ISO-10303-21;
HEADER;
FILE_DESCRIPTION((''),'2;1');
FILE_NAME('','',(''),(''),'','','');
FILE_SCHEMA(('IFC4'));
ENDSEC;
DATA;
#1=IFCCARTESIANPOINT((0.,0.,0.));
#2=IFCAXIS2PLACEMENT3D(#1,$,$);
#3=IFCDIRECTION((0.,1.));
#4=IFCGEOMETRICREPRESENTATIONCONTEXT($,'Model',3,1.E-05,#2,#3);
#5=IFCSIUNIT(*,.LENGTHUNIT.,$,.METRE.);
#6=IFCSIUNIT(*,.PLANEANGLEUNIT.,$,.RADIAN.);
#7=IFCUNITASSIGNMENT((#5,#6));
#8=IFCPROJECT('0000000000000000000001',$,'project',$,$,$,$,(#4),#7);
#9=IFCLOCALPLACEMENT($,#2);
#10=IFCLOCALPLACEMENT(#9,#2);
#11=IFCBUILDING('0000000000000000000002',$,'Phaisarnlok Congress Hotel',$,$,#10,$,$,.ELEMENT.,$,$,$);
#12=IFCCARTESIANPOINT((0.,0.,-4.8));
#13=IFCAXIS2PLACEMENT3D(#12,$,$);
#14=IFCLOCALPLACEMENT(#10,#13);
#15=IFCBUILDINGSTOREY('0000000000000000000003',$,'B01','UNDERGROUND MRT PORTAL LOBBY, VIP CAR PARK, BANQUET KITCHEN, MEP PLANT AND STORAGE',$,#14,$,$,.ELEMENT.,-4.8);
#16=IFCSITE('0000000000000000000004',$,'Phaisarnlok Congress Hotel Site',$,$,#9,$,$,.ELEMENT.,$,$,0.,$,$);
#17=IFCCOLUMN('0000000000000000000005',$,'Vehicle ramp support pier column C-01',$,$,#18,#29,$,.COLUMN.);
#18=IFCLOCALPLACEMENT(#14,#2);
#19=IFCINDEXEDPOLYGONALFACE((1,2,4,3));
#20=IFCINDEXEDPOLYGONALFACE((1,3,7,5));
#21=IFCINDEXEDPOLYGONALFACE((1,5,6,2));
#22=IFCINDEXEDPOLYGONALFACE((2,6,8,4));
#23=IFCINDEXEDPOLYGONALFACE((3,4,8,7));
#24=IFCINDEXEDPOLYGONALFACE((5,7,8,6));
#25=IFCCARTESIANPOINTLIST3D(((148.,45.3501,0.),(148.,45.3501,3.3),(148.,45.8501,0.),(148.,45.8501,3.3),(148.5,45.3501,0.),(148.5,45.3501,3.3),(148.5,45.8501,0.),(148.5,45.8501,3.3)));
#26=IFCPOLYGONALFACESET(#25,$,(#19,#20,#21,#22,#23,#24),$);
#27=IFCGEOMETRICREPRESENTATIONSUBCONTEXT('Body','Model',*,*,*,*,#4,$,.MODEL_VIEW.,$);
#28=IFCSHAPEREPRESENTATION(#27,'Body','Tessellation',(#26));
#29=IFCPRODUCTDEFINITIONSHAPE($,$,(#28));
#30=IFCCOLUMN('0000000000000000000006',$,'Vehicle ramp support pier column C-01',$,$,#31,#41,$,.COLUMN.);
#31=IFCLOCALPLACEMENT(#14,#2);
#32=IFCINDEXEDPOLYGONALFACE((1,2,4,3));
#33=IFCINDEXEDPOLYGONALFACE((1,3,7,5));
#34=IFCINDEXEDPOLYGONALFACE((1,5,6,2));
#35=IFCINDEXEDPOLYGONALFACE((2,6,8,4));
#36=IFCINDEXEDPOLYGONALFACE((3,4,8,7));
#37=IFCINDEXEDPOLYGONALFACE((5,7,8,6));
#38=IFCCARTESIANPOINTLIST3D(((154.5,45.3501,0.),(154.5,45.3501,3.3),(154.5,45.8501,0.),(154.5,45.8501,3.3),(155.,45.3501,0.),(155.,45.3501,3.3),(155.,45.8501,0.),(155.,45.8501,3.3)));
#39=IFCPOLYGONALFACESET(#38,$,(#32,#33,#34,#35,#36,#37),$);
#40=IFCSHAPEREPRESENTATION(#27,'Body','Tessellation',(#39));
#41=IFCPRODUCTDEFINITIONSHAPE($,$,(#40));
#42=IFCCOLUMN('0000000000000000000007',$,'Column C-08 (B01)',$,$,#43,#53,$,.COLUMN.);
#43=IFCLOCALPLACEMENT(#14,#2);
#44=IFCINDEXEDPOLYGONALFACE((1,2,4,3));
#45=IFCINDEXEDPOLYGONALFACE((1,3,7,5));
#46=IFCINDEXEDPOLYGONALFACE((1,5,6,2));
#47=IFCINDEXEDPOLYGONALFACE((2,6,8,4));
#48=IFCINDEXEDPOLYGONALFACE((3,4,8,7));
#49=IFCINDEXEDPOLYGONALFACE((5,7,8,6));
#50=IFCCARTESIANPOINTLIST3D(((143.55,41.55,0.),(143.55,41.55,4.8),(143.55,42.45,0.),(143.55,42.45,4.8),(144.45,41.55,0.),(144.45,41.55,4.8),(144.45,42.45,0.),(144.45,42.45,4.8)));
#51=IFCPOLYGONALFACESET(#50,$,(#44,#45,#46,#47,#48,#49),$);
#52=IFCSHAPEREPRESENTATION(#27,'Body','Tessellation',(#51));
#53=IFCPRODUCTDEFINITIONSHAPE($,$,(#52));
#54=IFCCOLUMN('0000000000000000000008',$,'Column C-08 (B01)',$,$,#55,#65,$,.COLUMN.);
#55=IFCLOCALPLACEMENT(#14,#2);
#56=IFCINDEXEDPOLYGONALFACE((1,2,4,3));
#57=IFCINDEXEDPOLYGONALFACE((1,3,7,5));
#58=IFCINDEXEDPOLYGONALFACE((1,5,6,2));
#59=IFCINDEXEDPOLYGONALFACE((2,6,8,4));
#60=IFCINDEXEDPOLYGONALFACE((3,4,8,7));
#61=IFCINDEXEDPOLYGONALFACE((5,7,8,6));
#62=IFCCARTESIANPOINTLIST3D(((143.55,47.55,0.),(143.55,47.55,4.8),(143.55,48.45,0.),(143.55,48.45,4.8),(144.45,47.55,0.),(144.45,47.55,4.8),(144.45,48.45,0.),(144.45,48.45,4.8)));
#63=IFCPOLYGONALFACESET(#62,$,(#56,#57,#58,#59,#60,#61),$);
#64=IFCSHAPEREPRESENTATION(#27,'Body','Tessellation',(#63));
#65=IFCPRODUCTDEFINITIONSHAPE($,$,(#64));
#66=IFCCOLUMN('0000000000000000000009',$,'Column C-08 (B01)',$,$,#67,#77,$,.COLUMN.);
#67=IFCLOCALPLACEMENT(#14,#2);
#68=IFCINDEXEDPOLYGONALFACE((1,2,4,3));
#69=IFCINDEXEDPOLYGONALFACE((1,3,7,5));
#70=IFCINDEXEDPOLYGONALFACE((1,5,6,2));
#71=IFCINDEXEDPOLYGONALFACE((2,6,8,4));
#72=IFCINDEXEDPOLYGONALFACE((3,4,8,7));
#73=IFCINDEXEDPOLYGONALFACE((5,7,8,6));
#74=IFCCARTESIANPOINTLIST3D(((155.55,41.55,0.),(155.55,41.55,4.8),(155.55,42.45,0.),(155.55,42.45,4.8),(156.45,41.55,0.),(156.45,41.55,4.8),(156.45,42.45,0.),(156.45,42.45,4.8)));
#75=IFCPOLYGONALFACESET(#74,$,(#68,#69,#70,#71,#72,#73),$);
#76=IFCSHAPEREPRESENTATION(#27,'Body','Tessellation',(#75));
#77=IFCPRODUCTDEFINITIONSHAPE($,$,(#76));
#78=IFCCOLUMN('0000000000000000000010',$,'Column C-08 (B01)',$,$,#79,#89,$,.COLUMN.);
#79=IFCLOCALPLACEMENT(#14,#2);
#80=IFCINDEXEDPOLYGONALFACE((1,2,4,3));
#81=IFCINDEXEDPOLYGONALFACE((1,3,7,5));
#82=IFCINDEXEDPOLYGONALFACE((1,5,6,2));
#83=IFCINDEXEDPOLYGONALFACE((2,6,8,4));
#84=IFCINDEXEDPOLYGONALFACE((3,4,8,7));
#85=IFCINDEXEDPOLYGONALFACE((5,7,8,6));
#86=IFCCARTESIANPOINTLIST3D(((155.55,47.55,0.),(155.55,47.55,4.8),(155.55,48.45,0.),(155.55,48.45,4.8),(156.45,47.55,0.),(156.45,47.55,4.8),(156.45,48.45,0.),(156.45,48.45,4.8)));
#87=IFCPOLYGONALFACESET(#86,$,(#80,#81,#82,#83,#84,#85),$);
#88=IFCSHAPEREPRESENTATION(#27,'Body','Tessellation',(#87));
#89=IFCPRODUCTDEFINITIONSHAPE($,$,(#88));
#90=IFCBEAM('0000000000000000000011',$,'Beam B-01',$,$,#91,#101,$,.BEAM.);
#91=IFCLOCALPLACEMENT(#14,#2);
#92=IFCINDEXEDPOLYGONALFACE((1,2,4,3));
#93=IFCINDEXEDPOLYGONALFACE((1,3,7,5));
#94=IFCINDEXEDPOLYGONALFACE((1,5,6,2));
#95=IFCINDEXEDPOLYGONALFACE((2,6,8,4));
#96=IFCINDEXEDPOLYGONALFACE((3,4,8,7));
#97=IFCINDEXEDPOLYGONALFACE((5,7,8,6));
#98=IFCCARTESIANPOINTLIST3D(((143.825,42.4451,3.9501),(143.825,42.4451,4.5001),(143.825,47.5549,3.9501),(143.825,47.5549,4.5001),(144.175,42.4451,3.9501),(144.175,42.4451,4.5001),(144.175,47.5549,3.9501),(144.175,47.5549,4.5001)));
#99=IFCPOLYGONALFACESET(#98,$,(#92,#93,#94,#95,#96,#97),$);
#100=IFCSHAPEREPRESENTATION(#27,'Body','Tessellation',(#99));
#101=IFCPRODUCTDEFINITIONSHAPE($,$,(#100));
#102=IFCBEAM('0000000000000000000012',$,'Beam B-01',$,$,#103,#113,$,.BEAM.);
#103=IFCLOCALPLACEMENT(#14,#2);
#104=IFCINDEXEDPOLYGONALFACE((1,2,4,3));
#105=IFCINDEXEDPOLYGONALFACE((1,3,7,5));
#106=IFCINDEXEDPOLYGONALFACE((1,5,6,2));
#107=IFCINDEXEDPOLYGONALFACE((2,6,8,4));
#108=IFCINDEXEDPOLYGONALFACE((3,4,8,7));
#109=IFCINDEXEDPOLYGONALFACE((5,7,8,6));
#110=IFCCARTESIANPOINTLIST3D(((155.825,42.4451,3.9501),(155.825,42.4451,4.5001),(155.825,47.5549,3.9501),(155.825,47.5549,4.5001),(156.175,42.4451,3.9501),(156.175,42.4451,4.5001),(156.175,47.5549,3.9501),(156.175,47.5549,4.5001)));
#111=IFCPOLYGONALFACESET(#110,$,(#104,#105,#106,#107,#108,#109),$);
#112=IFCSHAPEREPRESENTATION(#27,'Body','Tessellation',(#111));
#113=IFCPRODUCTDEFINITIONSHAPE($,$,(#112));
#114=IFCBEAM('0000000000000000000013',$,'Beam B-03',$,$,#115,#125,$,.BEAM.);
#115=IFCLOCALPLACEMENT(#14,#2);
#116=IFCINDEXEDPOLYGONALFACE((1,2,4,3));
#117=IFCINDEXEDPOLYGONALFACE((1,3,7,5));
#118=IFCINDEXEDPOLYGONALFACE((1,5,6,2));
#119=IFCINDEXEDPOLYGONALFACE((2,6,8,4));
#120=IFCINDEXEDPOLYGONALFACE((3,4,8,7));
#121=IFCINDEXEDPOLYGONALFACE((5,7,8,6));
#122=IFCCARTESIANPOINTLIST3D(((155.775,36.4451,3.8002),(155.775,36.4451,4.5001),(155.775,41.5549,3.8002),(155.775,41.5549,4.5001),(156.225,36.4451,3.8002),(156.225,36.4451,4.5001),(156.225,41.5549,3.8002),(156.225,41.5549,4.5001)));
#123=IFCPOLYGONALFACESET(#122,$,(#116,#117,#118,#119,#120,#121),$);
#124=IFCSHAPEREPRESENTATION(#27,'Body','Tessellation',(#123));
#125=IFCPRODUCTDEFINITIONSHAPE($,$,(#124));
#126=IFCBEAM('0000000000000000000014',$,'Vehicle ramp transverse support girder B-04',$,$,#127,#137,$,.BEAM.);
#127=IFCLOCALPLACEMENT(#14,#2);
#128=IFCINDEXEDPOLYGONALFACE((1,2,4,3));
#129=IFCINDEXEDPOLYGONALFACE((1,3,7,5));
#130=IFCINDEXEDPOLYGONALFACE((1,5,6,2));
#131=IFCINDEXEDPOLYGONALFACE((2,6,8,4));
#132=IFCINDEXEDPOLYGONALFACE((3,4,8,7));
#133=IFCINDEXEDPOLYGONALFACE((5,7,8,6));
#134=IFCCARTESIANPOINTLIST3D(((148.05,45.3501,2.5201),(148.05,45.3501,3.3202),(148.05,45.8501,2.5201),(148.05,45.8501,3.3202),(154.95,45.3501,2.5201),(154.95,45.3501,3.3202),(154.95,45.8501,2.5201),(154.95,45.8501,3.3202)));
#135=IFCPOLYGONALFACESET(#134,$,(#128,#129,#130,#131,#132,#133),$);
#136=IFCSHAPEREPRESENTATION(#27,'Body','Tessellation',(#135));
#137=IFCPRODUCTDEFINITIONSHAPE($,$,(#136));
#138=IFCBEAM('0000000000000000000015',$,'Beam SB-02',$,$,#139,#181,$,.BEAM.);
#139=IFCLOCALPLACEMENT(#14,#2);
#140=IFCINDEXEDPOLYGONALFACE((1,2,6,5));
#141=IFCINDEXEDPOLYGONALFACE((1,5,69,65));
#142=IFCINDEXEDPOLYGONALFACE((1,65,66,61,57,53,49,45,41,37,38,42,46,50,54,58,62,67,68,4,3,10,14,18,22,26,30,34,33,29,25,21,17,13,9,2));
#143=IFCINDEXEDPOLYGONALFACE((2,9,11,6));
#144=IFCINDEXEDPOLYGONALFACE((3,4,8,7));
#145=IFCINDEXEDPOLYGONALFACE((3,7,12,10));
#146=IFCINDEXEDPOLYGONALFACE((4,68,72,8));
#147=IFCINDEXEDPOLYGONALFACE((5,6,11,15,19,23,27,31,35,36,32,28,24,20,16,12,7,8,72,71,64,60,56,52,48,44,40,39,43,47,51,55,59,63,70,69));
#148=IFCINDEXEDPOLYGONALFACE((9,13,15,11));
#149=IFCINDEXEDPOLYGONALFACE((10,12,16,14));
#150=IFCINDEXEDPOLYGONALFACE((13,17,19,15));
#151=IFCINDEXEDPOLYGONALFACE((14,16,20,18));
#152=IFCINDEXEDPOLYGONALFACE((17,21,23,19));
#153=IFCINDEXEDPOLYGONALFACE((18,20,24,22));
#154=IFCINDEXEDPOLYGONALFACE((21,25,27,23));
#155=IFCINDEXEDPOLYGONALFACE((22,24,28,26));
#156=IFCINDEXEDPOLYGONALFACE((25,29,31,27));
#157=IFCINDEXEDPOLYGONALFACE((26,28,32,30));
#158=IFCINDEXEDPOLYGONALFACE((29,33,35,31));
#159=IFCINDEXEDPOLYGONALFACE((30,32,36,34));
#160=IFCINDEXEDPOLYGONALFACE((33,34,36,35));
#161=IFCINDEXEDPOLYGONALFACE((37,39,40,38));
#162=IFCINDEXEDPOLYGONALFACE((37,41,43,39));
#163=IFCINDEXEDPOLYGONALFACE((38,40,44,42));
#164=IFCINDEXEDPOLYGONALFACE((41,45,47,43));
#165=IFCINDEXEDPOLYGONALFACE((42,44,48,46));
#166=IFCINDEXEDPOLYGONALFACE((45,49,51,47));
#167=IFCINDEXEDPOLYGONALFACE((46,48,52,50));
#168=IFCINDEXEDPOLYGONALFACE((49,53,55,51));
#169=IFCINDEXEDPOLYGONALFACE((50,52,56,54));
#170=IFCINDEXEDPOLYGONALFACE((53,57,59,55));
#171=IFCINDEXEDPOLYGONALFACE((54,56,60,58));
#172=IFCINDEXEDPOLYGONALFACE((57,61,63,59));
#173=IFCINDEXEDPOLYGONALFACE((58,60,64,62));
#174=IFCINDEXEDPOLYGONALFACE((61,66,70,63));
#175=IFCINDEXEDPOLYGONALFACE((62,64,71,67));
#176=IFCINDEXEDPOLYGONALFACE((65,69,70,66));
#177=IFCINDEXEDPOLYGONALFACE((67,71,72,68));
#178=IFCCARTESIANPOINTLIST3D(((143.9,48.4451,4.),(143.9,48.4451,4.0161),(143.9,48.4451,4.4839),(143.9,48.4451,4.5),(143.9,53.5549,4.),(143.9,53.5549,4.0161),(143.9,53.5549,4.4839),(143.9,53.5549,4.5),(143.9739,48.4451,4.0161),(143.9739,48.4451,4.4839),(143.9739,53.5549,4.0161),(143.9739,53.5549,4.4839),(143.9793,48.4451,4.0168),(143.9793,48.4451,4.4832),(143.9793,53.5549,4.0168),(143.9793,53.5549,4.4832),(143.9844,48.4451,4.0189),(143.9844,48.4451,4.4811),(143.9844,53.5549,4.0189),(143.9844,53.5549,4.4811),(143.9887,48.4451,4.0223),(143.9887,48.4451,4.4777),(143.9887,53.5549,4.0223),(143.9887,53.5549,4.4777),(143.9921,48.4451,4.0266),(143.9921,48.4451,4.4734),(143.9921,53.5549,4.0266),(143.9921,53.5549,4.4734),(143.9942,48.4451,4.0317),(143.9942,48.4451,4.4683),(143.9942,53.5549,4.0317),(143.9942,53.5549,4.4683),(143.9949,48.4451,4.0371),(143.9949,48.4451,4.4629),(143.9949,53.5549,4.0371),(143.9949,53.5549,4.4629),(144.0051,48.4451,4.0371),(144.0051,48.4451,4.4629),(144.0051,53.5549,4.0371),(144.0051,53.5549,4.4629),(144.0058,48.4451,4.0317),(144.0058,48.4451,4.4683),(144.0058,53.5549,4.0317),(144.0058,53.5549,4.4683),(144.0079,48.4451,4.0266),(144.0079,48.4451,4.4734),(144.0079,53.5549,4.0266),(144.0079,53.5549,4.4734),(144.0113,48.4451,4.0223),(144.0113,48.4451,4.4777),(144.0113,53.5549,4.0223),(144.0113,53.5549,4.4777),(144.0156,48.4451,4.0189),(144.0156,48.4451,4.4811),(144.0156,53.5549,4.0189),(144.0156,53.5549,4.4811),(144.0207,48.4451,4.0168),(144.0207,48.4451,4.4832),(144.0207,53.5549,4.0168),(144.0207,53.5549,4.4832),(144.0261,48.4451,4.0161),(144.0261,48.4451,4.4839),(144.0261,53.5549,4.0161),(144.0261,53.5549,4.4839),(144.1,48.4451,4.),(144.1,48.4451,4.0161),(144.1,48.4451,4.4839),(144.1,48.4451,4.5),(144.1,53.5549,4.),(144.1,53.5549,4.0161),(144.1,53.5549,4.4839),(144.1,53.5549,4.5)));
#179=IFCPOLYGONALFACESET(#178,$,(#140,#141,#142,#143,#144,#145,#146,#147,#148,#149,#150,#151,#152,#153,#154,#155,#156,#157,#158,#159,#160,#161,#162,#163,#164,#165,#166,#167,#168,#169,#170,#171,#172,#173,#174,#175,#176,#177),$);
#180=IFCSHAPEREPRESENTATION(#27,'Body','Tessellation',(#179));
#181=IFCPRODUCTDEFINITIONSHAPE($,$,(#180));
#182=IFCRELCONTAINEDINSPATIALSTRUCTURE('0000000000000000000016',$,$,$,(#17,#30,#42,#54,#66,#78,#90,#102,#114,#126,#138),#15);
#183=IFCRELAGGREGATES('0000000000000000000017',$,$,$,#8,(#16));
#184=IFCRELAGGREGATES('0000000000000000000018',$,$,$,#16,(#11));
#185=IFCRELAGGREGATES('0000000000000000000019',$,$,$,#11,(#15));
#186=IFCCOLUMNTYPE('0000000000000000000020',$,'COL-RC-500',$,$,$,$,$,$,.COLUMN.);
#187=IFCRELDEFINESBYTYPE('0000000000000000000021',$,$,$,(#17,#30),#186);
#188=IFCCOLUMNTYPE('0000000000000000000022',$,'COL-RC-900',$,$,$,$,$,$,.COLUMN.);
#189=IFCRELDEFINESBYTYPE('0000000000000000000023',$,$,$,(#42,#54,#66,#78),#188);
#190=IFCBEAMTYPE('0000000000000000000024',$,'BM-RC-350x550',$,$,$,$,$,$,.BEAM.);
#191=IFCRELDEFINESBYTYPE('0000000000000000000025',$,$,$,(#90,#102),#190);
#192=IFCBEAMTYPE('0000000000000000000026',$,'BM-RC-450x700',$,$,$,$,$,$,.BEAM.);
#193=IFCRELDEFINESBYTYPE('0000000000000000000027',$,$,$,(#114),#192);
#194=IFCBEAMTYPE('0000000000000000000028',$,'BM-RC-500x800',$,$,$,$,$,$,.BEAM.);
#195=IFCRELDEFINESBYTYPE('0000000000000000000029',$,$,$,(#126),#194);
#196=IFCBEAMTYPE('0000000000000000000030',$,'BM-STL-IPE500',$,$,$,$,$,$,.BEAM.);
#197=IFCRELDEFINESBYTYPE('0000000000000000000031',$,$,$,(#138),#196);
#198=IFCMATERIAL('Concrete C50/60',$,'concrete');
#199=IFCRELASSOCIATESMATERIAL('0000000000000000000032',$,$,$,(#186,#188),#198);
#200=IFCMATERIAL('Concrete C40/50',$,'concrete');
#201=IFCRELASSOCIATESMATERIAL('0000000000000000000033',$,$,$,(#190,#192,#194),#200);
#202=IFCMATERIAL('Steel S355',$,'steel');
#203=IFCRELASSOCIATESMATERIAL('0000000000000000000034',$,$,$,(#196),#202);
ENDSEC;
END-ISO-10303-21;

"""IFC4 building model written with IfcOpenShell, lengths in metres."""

from ifc_helpers import new_model, si_unit, direction, frame, origin, origin_2d, place, context, subcontext, project, spatial, rectangle, i_section, extrude, material, material_profile, profile_set, type_object, element, save


model = new_model("IFC4")

# Units and contexts
model_context = context("Model", 3, precision=1e-05, world=origin(), true_north=direction((0.0, 1.0)))
body_context = subcontext(model_context, "Body", "Model", "MODEL_VIEW")
ifc_project = project(units=[si_unit("LENGTHUNIT", "METRE"), si_unit("PLANEANGLEUNIT", "RADIAN")], contexts=[model_context])

# Site, building, storey
site_placement = place(None, origin())
site = spatial("IfcSite", under=ifc_project, at=site_placement, Name="Phaisarnlok Congress Hotel Site", CompositionType="ELEMENT", RefElevation=0.0)
building_placement = place(site_placement, origin())
building = spatial("IfcBuilding", under=site, at=building_placement, Name="Phaisarnlok Congress Hotel", CompositionType="ELEMENT")
storey_placement = place(building_placement, frame((0.0, 0.0, -4.8)))
storey = spatial("IfcBuildingStorey", under=building, at=storey_placement, Name="B01", Description="UNDERGROUND MRT PORTAL LOBBY, VIP CAR PARK, BANQUET KITCHEN, MEP PLANT AND STORAGE", CompositionType="ELEMENT", Elevation=-4.8)

# Shared definitions
ifc_material_1 = material(Name="Concrete C40/50", Category="concrete")

# Columns
ifc_material_2 = material(Name="Concrete C50/60", Category="concrete")
ifc_material_profile_1 = material_profile(ifc_material_2, rectangle(XDim=0.5, YDim=0.5, at=origin_2d()), Name="RC 500x500")
ifc_profile_set_1 = profile_set([ifc_material_profile_1], Name="Concrete C50/60")
column_type_1 = type_object("IfcColumnType", Name="COL-RC-500", PredefinedType="COLUMN", material=ifc_profile_set_1)
for number, where, z_axis, x_axis, name in (
    (1, (148.25, 45.6001, 0.0), (0.0, 0.0, 1.0), (1.0, 0.0, 0.0), "Vehicle ramp support pier column C-01"),
    (2, (154.75, 45.6001, 0.0), (0.0, 0.0, 1.0), (1.0, 0.0, 0.0), "Vehicle ramp support pier column C-01"),
):
    element("IfcColumn", number, at=place(storey_placement, frame(where, z_axis=z_axis, x_axis=x_axis)), inside=storey, type_object=column_type_1, Name=name, PredefinedType="COLUMN", context=body_context, shape_type="SweptSolid", body=[
        extrude(rectangle(XDim=0.5, YDim=0.5, at=origin_2d()), origin(), (0.0, 0.0, 1.0), 3.3),
    ])
ifc_material_profile_2 = material_profile(ifc_material_2, rectangle(XDim=0.8999, YDim=0.8999, at=origin_2d()), Name="RC 900x900")
ifc_profile_set_2 = profile_set([ifc_material_profile_2], Name="Concrete C50/60")
column_type_2 = type_object("IfcColumnType", Name="COL-RC-900", PredefinedType="COLUMN", material=ifc_profile_set_2)
for number, where, z_axis, x_axis, name in (
    (3, (144.0, 42.0, 0.0), (0.0, 0.0, 1.0), (1.0, 0.0, 0.0), "Column C-08 (B01)"),
    (4, (144.0, 48.0, 0.0), (0.0, 0.0, 1.0), (1.0, 0.0, 0.0), "Column C-08 (B01)"),
    (5, (156.0, 42.0, 0.0), (0.0, 0.0, 1.0), (1.0, 0.0, 0.0), "Column C-08 (B01)"),
    (6, (156.0, 48.0, 0.0), (0.0, 0.0, 1.0), (1.0, 0.0, 0.0), "Column C-08 (B01)"),
):
    element("IfcColumn", number, at=place(storey_placement, frame(where, z_axis=z_axis, x_axis=x_axis)), inside=storey, type_object=column_type_2, Name=name, PredefinedType="COLUMN", context=body_context, shape_type="SweptSolid", body=[
        extrude(rectangle(XDim=0.8999, YDim=0.8999, at=origin_2d()), origin(), (0.0, 0.0, 1.0), 4.8),
    ])

# Beams
ifc_material_profile_3 = material_profile(ifc_material_1, rectangle(XDim=0.3501, YDim=0.55, at=origin_2d()), Name="RC 350x550")
ifc_profile_set_3 = profile_set([ifc_material_profile_3], Name="Concrete C40/50")
beam_type_1 = type_object("IfcBeamType", Name="BM-RC-350x550", PredefinedType="BEAM", material=ifc_profile_set_3)
for number, where, z_axis, x_axis, name in (
    (7, (144.0, 42.4451, 4.2251), (0.0, 1.0, 0.0), (-1.0, 0.0, 0.0), "Beam B-01"),
    (8, (156.0, 42.4451, 4.2251), (0.0, 1.0, 0.0), (-1.0, 0.0, 0.0), "Beam B-01"),
):
    element("IfcBeam", number, at=place(storey_placement, frame(where, z_axis=z_axis, x_axis=x_axis)), inside=storey, type_object=beam_type_1, Name=name, PredefinedType="BEAM", context=body_context, shape_type="SweptSolid", body=[
        extrude(rectangle(XDim=0.3501, YDim=0.55, at=origin_2d()), origin(), (0.0, 0.0, 1.0), 5.1099),
    ])
ifc_material_profile_4 = material_profile(ifc_material_1, rectangle(XDim=0.45, YDim=0.7, at=origin_2d()), Name="RC 450x700")
ifc_profile_set_4 = profile_set([ifc_material_profile_4], Name="Concrete C40/50")
beam_type_2 = type_object("IfcBeamType", Name="BM-RC-450x700", PredefinedType="BEAM", material=ifc_profile_set_4)
beam_1_placement = place(storey_placement, frame((156.0, 36.4451, 4.1501), z_axis=(0.0, 1.0, 0.0), x_axis=(-1.0, 0.0, 0.0)))
element("IfcBeam", 9, at=beam_1_placement, inside=storey, type_object=beam_type_2, Name="Beam B-03", PredefinedType="BEAM", context=body_context, shape_type="SweptSolid", body=[
    extrude(rectangle(XDim=0.45, YDim=0.7, at=origin_2d()), origin(), (0.0, 0.0, 1.0), 5.1099),
])
ifc_material_profile_5 = material_profile(ifc_material_1, rectangle(XDim=0.5, YDim=0.8, at=origin_2d()), Name="RC 500x800")
ifc_profile_set_5 = profile_set([ifc_material_profile_5], Name="Concrete C40/50")
beam_type_3 = type_object("IfcBeamType", Name="BM-RC-500x800", PredefinedType="BEAM", material=ifc_profile_set_5)
beam_2_placement = place(storey_placement, frame((148.05, 45.6001, 2.9202), z_axis=(1.0, 0.0, 0.0), x_axis=(0.0, 1.0, 0.0)))
element("IfcBeam", 10, at=beam_2_placement, inside=storey, type_object=beam_type_3, Name="Vehicle ramp transverse support girder B-04", PredefinedType="BEAM", context=body_context, shape_type="SweptSolid", body=[
    extrude(rectangle(XDim=0.5, YDim=0.8, at=origin_2d()), origin(), (0.0, 0.0, 1.0), 6.8999),
])
ifc_material_3 = material(Name="Steel S355", Category="steel")
ifc_material_profile_6 = material_profile(ifc_material_3, i_section(OverallWidth=0.2, OverallDepth=0.5, WebThickness=0.0103, FlangeThickness=0.0161, FilletRadius=0.021, at=origin_2d()), Name="IPE 500")
ifc_profile_set_6 = profile_set([ifc_material_profile_6], Name="Steel S355")
beam_type_4 = type_object("IfcBeamType", Name="BM-STL-IPE500", PredefinedType="BEAM", material=ifc_profile_set_6)
for number, where, z_axis, x_axis, name in (
    (11, (144.0, 48.4451, 4.25), (0.0, 1.0, 0.0), (-1.0, 0.0, 0.0), "Beam SB-02"),
):
    element("IfcBeam", number, at=place(storey_placement, frame(where, z_axis=z_axis, x_axis=x_axis)), inside=storey, type_object=beam_type_4, Name=name, PredefinedType="BEAM", context=body_context, shape_type="SweptSolid", body=[
        extrude(i_section(OverallWidth=0.2, OverallDepth=0.5, WebThickness=0.0103, FlangeThickness=0.0161, FilletRadius=0.021, at=origin_2d()), origin(), (0.0, 0.0, 1.0), 5.1099),
    ])

save(model, "model.ifc")
